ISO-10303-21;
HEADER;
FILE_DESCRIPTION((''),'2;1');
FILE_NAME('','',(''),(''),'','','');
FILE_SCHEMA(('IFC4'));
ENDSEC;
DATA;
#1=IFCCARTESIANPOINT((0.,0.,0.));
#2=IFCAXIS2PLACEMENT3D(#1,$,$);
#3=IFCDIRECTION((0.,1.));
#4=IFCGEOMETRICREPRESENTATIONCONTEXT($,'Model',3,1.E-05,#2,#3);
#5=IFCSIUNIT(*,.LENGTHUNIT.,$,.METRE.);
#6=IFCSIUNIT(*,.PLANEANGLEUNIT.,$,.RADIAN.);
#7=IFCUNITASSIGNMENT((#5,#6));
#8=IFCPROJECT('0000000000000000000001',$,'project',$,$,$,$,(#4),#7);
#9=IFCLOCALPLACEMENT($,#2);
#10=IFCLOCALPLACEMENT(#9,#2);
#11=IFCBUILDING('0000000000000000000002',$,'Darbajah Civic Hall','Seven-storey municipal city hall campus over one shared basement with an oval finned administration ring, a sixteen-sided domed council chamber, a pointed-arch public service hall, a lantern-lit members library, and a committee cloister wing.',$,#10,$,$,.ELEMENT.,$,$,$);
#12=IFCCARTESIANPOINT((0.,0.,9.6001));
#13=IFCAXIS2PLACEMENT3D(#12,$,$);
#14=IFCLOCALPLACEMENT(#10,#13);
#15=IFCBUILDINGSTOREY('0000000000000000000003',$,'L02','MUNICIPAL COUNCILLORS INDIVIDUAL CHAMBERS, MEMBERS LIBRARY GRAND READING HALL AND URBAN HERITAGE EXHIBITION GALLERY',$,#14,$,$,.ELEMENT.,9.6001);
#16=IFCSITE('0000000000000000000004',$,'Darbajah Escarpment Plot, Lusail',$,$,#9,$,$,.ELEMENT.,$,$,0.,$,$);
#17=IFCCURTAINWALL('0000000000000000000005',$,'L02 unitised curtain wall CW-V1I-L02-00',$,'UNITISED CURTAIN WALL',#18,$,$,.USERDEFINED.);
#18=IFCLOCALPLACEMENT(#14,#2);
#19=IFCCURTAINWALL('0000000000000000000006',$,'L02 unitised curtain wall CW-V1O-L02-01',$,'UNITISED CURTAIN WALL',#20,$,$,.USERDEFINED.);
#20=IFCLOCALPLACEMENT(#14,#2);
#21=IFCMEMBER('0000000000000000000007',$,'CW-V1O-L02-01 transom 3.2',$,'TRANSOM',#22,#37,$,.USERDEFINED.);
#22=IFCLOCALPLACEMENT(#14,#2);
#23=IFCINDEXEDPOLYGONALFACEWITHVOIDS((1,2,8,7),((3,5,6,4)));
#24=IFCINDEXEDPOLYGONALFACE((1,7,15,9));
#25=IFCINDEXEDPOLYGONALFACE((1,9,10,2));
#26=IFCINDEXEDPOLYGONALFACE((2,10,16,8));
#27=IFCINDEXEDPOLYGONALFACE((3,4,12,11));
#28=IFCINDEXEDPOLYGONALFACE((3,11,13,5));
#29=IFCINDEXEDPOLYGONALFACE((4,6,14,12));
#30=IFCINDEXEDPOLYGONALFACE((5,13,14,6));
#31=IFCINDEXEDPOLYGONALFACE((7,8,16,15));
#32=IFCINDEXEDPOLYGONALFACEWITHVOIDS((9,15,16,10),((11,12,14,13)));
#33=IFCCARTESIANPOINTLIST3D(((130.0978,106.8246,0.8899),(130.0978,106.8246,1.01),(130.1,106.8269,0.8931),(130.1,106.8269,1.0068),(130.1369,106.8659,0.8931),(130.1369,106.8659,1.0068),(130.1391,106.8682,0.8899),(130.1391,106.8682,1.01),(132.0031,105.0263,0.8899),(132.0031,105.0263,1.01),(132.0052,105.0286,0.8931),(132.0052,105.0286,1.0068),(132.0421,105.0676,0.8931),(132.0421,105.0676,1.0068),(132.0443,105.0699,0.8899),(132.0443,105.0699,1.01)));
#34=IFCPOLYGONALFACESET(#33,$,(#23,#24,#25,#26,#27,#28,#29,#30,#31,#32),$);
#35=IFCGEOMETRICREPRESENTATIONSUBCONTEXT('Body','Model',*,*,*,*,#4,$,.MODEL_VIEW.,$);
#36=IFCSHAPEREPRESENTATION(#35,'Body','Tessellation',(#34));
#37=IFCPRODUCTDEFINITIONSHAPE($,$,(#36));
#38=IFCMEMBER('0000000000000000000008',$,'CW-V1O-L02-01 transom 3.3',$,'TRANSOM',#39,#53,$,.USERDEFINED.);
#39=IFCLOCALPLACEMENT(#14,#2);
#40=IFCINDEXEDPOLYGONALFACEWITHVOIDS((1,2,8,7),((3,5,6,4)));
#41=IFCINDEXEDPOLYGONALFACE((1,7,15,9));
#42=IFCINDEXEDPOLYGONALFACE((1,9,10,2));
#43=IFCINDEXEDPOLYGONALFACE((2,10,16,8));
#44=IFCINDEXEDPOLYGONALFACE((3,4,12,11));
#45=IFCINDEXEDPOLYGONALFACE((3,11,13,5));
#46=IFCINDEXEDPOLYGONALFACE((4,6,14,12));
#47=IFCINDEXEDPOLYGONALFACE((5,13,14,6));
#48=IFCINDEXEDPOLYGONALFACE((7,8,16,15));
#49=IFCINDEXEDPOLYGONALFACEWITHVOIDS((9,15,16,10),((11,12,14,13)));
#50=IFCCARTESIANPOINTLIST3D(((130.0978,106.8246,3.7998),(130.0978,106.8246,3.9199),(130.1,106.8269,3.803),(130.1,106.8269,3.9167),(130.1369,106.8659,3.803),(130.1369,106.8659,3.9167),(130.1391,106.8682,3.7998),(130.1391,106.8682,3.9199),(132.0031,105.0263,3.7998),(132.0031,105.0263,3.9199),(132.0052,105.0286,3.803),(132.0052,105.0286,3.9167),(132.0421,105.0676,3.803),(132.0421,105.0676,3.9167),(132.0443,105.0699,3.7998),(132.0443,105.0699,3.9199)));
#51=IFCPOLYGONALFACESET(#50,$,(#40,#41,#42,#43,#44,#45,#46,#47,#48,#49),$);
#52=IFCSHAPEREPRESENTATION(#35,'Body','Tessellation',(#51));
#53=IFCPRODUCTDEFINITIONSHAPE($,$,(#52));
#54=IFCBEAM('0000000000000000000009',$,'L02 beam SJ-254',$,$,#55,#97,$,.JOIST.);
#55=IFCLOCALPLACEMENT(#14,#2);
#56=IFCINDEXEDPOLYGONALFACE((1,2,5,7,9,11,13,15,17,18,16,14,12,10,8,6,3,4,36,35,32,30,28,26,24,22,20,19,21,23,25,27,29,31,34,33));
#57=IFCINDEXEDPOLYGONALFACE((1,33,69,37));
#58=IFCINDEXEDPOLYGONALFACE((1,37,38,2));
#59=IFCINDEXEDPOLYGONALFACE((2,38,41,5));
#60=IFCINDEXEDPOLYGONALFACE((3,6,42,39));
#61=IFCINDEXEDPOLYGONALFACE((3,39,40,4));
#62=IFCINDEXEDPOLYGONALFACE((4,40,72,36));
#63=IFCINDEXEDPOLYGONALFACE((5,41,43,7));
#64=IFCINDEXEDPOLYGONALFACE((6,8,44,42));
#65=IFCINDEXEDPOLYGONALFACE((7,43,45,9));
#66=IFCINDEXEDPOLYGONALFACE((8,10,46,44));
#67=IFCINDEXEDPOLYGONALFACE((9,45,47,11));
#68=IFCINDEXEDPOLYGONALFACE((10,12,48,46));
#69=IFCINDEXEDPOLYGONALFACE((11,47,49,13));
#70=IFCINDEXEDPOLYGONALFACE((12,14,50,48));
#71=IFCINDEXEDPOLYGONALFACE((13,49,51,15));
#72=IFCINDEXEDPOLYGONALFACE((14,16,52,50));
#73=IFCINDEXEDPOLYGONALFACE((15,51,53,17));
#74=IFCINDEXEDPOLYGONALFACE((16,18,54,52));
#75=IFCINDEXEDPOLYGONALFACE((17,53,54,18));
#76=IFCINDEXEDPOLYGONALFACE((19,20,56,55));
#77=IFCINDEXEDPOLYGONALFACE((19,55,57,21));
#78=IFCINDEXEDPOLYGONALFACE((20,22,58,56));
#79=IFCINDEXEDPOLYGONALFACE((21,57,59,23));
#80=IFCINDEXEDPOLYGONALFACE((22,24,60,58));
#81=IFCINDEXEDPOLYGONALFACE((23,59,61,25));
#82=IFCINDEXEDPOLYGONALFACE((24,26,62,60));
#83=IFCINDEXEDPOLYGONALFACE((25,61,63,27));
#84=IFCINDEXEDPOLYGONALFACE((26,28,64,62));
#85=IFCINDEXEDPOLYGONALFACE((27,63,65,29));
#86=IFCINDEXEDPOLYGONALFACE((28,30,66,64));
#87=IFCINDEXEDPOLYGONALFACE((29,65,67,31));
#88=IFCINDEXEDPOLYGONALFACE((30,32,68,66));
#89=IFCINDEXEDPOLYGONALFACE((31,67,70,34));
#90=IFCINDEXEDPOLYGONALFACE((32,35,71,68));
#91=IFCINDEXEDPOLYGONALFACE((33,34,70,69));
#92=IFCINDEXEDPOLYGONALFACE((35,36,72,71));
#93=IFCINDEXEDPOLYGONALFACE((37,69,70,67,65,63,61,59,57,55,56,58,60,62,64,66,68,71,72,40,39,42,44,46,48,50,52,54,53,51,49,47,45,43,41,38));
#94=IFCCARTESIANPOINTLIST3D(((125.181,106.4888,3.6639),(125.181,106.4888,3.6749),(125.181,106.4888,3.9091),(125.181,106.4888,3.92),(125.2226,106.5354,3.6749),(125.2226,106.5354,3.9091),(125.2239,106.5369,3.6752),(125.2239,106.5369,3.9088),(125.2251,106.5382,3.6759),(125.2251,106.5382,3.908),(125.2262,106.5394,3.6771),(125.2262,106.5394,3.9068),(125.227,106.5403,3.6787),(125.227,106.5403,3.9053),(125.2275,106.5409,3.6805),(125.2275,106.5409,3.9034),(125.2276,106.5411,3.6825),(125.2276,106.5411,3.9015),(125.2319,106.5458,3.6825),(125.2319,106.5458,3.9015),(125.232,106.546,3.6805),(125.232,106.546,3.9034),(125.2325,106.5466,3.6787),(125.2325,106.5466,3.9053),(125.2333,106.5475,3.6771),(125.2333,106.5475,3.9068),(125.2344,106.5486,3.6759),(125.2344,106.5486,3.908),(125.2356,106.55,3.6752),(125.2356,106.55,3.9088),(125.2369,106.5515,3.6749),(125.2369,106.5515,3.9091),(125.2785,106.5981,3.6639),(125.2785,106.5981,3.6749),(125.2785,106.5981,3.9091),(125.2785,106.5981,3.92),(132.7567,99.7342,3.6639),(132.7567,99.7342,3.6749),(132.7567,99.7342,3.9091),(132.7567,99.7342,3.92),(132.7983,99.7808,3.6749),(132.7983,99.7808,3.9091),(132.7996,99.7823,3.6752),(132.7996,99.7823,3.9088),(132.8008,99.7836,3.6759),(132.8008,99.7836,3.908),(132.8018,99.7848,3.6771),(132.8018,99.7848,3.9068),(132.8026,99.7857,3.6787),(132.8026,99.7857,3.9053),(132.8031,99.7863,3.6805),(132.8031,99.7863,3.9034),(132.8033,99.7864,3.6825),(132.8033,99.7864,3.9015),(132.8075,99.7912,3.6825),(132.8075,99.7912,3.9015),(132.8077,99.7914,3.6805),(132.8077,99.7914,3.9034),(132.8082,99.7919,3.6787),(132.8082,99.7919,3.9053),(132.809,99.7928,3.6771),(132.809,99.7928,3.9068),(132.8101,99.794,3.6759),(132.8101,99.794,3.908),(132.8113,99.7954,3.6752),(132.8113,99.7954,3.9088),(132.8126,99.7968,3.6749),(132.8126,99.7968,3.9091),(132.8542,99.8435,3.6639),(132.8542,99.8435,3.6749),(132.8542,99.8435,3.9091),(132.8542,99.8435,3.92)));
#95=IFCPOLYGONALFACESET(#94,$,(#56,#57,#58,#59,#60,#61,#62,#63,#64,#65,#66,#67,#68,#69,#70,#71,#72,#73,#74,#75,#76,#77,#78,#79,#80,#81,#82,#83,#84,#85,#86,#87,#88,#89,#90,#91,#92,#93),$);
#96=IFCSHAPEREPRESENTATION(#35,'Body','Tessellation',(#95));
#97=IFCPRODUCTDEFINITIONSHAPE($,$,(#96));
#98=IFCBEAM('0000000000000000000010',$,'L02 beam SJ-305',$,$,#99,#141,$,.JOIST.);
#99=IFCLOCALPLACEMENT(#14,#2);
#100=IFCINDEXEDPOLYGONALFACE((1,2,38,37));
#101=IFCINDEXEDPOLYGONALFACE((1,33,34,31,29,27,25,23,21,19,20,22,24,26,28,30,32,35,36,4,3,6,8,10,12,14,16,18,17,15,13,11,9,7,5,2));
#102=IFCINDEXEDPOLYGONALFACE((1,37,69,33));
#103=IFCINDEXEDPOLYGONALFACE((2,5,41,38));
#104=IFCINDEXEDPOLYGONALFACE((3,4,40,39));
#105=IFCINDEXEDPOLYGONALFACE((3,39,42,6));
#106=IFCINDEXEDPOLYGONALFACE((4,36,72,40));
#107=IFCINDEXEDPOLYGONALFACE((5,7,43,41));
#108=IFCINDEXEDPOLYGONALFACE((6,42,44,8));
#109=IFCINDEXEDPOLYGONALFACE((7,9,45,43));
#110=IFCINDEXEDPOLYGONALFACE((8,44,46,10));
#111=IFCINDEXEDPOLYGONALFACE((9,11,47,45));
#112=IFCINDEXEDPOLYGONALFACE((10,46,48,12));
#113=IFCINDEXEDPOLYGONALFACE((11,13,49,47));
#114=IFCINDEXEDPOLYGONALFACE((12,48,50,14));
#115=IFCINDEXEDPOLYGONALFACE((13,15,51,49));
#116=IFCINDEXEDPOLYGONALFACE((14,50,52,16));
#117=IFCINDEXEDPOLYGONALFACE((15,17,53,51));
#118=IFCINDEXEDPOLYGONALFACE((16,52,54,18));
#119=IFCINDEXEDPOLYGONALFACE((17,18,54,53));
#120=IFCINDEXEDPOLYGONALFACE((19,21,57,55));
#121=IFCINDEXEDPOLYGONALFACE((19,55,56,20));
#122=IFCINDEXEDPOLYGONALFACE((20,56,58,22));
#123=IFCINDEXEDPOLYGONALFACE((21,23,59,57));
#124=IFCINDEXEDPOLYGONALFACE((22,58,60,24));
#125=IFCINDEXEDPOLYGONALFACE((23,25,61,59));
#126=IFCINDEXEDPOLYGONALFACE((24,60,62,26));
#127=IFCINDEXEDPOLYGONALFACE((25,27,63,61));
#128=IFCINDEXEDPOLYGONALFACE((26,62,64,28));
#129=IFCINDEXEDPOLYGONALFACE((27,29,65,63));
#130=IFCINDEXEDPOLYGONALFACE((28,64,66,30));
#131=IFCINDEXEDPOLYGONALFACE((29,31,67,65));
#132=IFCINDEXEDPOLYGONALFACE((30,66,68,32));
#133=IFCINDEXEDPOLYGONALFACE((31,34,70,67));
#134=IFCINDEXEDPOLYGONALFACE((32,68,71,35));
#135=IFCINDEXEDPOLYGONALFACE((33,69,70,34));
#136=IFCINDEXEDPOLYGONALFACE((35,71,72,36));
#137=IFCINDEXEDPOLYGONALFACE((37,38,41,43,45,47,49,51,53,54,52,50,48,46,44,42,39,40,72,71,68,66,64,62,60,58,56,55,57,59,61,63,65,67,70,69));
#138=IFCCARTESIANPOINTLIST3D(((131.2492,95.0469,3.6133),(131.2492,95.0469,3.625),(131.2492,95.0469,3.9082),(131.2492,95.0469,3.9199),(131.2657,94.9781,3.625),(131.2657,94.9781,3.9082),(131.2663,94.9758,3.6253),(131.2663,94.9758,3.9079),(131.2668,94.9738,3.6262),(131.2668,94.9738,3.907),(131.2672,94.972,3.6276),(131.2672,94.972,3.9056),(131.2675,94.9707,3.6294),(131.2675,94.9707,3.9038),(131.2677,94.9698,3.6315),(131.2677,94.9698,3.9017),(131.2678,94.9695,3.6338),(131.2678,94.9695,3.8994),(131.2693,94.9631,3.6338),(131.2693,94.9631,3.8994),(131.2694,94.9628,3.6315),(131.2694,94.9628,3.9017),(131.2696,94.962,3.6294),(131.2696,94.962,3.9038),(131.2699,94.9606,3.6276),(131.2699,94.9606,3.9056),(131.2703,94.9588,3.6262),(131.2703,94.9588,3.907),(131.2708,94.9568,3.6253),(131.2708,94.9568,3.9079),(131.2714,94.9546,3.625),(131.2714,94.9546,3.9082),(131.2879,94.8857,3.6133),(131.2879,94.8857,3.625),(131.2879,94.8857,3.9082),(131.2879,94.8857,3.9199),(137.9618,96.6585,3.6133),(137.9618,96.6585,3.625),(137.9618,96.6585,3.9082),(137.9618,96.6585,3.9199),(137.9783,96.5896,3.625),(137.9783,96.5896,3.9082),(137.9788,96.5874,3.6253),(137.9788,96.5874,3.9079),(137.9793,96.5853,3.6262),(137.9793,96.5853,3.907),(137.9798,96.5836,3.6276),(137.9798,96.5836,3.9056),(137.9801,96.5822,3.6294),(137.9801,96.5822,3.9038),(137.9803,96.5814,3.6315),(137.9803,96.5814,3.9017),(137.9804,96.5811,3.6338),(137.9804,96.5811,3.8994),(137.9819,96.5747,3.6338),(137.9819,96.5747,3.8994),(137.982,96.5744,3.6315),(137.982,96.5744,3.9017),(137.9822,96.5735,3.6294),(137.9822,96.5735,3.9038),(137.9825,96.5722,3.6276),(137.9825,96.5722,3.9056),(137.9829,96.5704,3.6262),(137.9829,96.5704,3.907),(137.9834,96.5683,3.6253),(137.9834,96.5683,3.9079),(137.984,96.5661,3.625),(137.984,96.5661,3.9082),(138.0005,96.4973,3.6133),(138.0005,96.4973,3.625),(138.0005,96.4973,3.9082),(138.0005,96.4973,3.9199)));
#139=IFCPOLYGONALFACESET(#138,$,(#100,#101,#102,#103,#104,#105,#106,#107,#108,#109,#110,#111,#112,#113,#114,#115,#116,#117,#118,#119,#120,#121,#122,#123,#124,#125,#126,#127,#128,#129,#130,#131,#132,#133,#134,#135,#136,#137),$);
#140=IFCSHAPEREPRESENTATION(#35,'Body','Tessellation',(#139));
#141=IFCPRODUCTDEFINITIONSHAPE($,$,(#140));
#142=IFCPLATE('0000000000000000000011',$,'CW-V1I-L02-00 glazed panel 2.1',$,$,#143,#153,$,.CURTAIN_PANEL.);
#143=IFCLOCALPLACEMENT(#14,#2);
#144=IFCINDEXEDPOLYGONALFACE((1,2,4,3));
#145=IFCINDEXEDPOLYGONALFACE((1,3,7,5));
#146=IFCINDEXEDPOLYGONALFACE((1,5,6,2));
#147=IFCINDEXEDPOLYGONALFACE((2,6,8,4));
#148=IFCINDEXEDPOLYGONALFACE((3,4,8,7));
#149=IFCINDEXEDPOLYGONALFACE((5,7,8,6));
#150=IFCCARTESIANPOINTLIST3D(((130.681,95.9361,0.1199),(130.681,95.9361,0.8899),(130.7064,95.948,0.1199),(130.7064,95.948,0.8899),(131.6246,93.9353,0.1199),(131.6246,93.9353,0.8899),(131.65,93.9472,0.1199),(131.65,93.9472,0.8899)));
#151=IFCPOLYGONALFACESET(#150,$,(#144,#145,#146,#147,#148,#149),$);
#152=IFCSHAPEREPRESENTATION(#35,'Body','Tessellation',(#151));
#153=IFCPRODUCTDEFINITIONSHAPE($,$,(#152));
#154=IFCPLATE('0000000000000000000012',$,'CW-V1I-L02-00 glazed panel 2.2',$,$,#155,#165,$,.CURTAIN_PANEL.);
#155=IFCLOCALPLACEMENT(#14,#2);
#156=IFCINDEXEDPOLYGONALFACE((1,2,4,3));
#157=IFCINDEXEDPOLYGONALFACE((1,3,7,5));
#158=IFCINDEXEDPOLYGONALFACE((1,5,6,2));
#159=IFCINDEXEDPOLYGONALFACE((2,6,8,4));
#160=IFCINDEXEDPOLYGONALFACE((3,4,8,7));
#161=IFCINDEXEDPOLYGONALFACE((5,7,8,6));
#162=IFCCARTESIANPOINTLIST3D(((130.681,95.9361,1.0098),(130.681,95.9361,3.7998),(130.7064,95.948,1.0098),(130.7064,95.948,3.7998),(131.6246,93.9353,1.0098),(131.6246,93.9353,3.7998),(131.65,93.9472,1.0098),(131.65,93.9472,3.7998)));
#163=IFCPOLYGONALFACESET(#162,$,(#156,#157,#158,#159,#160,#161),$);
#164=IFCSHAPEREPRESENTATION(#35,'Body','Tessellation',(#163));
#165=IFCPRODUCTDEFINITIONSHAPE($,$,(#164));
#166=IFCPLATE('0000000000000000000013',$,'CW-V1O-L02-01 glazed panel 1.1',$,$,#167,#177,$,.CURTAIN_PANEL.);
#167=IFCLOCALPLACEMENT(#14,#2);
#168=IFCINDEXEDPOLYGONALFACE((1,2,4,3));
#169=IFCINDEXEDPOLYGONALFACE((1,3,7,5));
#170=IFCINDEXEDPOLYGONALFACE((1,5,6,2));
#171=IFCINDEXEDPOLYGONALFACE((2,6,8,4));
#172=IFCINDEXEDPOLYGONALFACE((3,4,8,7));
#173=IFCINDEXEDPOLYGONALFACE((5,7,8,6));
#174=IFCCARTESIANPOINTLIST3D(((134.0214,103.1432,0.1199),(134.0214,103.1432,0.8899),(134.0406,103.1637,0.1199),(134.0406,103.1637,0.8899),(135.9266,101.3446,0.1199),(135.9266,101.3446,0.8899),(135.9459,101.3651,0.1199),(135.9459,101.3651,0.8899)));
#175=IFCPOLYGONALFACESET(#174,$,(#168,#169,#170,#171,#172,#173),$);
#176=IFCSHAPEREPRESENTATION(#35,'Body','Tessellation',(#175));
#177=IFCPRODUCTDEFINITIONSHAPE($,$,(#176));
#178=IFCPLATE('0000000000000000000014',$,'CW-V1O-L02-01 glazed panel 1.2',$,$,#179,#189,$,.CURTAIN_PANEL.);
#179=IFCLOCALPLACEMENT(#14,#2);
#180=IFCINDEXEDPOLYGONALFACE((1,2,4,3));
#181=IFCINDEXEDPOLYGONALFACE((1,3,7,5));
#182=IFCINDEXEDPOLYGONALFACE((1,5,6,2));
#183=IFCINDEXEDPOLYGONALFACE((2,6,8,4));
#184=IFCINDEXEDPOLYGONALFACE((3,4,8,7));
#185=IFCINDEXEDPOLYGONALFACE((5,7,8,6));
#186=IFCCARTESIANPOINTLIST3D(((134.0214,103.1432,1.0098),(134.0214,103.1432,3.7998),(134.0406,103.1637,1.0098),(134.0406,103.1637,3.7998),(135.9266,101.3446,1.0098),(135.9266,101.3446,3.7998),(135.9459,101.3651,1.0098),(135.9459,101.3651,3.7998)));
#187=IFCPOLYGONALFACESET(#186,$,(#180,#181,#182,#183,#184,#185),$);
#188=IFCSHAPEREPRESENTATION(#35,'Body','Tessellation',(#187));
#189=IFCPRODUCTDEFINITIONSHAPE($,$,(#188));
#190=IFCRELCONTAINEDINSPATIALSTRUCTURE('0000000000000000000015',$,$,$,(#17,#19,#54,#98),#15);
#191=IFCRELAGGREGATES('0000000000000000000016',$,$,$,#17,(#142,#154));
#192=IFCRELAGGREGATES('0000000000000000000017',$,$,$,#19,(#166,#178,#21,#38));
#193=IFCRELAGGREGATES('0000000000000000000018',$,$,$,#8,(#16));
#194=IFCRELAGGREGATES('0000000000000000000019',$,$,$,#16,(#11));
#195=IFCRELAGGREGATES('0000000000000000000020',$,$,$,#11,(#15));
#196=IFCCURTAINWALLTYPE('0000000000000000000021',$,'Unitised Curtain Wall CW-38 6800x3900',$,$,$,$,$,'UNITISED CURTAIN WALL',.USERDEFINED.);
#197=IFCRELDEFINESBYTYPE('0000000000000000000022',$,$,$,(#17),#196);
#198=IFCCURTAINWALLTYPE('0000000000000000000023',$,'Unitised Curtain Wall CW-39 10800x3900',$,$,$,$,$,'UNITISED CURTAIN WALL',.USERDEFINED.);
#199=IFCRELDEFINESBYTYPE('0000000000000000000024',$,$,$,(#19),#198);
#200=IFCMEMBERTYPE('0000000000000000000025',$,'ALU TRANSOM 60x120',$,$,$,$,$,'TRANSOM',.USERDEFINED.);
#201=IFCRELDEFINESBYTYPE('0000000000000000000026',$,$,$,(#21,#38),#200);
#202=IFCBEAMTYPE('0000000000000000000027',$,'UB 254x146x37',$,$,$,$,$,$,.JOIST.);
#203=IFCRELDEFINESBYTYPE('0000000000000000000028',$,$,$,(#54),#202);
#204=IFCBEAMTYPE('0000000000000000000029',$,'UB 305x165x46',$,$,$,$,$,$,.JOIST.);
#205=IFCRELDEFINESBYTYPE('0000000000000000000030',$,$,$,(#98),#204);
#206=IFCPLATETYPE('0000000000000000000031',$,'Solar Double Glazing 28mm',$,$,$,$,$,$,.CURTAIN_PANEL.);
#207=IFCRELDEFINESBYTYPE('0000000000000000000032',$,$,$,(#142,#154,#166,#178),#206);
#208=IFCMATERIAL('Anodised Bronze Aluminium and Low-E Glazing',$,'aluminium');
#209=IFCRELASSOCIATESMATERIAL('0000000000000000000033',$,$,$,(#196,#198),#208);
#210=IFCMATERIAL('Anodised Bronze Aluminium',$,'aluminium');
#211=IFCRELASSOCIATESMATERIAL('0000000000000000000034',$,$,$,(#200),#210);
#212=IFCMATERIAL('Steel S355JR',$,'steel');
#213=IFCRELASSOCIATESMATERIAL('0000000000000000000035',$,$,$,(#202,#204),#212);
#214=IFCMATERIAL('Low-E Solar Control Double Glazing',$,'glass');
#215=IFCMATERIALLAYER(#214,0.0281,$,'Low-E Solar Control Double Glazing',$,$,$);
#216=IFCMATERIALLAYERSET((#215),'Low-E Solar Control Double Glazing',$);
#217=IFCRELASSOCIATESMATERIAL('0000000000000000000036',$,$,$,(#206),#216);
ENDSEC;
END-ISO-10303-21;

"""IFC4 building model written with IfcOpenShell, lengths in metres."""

from ifc_helpers import new_model, si_unit, direction, frame, origin, origin_2d, place, context, subcontext, project, spatial, rectangle, hollow_rectangle, i_section, extrude, material, layer, layer_set, material_profile, profile_set, type_object, element, aggregate, save


model = new_model("IFC4")

# Units and contexts
model_context = context("Model", 3, precision=1e-05, world=origin(), true_north=direction((0.0, 1.0)))
body_context = subcontext(model_context, "Body", "Model", "MODEL_VIEW")
ifc_project = project(units=[si_unit("LENGTHUNIT", "METRE"), si_unit("PLANEANGLEUNIT", "RADIAN")], contexts=[model_context])

# Site, building, storey
site_placement = place(None, origin())
site = spatial("IfcSite", under=ifc_project, at=site_placement, Name="Darbajah Escarpment Plot, Lusail", CompositionType="ELEMENT", RefElevation=0.0)
building_placement = place(site_placement, origin())
building = spatial("IfcBuilding", under=site, at=building_placement, Name="Darbajah Civic Hall", Description="Seven-storey municipal city hall campus over one shared basement with an oval finned administration ring, a sixteen-sided domed council chamber, a pointed-arch public service hall, a lantern-lit members library, and a committee cloister wing.", CompositionType="ELEMENT")
storey_placement = place(building_placement, frame((0.0, 0.0, 9.6001)))
storey = spatial("IfcBuildingStorey", under=building, at=storey_placement, Name="L02", Description="MUNICIPAL COUNCILLORS INDIVIDUAL CHAMBERS, MEMBERS LIBRARY GRAND READING HALL AND URBAN HERITAGE EXHIBITION GALLERY", CompositionType="ELEMENT", Elevation=9.6001)

# Curtain wall
ifc_material_1 = material(Name="Anodised Bronze Aluminium and Low-E Glazing", Category="aluminium")
curtain_wall_type_1 = type_object("IfcCurtainWallType", Name="Unitised Curtain Wall CW-38 6800x3900", ElementType="UNITISED CURTAIN WALL", PredefinedType="USERDEFINED", material=ifc_material_1)
curtain_wall_1_placement = place(storey_placement, origin())
curtain_wall_1 = element("IfcCurtainWall", 1, at=curtain_wall_1_placement, inside=storey, type_object=curtain_wall_type_1, Name="L02 unitised curtain wall CW-V1I-L02-00", ObjectType="UNITISED CURTAIN WALL", PredefinedType="USERDEFINED")
ifc_material_2 = material(Name="Anodised Bronze Aluminium", Category="aluminium")

# Curtain wall
curtain_wall_type_2 = type_object("IfcCurtainWallType", Name="Unitised Curtain Wall CW-39 10800x3900", ElementType="UNITISED CURTAIN WALL", PredefinedType="USERDEFINED", material=ifc_material_1)
curtain_wall_2_placement = place(storey_placement, origin())
curtain_wall_2 = element("IfcCurtainWall", 2, at=curtain_wall_2_placement, inside=storey, type_object=curtain_wall_type_2, Name="L02 unitised curtain wall CW-V1O-L02-01", ObjectType="UNITISED CURTAIN WALL", PredefinedType="USERDEFINED")

# Members
ifc_material_profile_1 = material_profile(ifc_material_2, hollow_rectangle(XDim=0.0601, YDim=0.1201, WallThickness=0.0032, at=origin_2d()), Name="ALU TRANSOM 60x120")
ifc_profile_set_1 = profile_set([ifc_material_profile_1], Name="Anodised Bronze Aluminium")
member_type_1 = type_object("IfcMemberType", Name="ALU TRANSOM 60x120", ElementType="TRANSOM", PredefinedType="USERDEFINED", material=ifc_profile_set_1)
member_1_placement = place(storey_placement, frame((132.0237, 105.0481, 0.95), z_axis=(-0.72722, 0.686405, 0.0), x_axis=(-0.686405, -0.72722, 0.0)))
member_1 = element("IfcMember", 3, at=member_1_placement, type_object=member_type_1, Name="CW-V1O-L02-01 transom 3.2", ObjectType="TRANSOM", PredefinedType="USERDEFINED", context=body_context, shape_type="SweptSolid", body=[
    extrude(hollow_rectangle(XDim=0.0601, YDim=0.1201, WallThickness=0.0032, at=origin_2d()), origin(), (0.0, 0.0, 1.0), 2.6199),
])
member_2_placement = place(storey_placement, frame((132.0237, 105.0481, 3.8599), z_axis=(-0.72722, 0.686405, 0.0), x_axis=(-0.686405, -0.72722, 0.0)))
member_2 = element("IfcMember", 4, at=member_2_placement, type_object=member_type_1, Name="CW-V1O-L02-01 transom 3.3", ObjectType="TRANSOM", PredefinedType="USERDEFINED", context=body_context, shape_type="SweptSolid", body=[
    extrude(hollow_rectangle(XDim=0.0601, YDim=0.1201, WallThickness=0.0032, at=origin_2d()), origin(), (0.0, 0.0, 1.0), 2.6199),
])

# Beams
ifc_material_3 = material(Name="Steel S355JR", Category="steel")
ifc_material_profile_2 = material_profile(ifc_material_3, i_section(OverallWidth=0.1465, OverallDepth=0.2561, WebThickness=0.0063, FlangeThickness=0.011, FilletRadius=0.0076, at=origin_2d()), Name="UB 254x146x37")
ifc_profile_set_2 = profile_set([ifc_material_profile_2], Name="Steel S355JR")
beam_type_1 = type_object("IfcBeamType", Name="UB 254x146x37", PredefinedType="JOIST", material=ifc_profile_set_2)
beam_1_placement = place(storey_placement, frame((132.8054, 99.7888, 3.792), z_axis=(-0.746396, 0.665502, 0.0), x_axis=(-0.665502, -0.746396, 0.0)))
element("IfcBeam", 5, at=beam_1_placement, inside=storey, type_object=beam_type_1, Name="L02 beam SJ-254", PredefinedType="JOIST", context=body_context, shape_type="SweptSolid", body=[
    extrude(i_section(OverallWidth=0.1465, OverallDepth=0.2561, WebThickness=0.0063, FlangeThickness=0.011, FilletRadius=0.0076, at=origin_2d()), origin(), (0.0, 0.0, 1.0), 10.1497),
])
ifc_material_profile_3 = material_profile(ifc_material_3, i_section(OverallWidth=0.1658, OverallDepth=0.3066, WebThickness=0.0066, FlangeThickness=0.0117, FilletRadius=0.0088, at=origin_2d()), Name="UB 305x165x46")
ifc_profile_set_3 = profile_set([ifc_material_profile_3], Name="Steel S355JR")
beam_type_2 = type_object("IfcBeamType", Name="UB 305x165x46", PredefinedType="JOIST", material=ifc_profile_set_3)
beam_2_placement = place(storey_placement, frame((131.2686, 94.9663, 3.7666), z_axis=(0.97237, 0.233447, 0.0), x_axis=(-0.233447, 0.97237, 0.0)))
element("IfcBeam", 6, at=beam_2_placement, inside=storey, type_object=beam_type_2, Name="L02 beam SJ-305", PredefinedType="JOIST", context=body_context, shape_type="SweptSolid", body=[
    extrude(i_section(OverallWidth=0.1658, OverallDepth=0.3066, WebThickness=0.0066, FlangeThickness=0.0117, FilletRadius=0.0088, at=origin_2d()), origin(), (0.0, 0.0, 1.0), 6.9033),
])

# Plates
ifc_material_4 = material(Name="Low-E Solar Control Double Glazing", Category="glass")
ifc_layer = layer(ifc_material_4, 0.0281, Name="Low-E Solar Control Double Glazing")
ifc_layer_set = layer_set([ifc_layer], Name="Low-E Solar Control Double Glazing")
plate_type = type_object("IfcPlateType", Name="Solar Double Glazing 28mm", PredefinedType="CURTAIN_PANEL", material=ifc_layer_set)
plate_1_placement = place(storey_placement, frame((131.1655, 94.9417, 0.1199), z_axis=(0.0, 0.0, 1.0), x_axis=(-0.426569, 0.904455, 0.0)))
plate_1 = element("IfcPlate", 7, at=plate_1_placement, type_object=plate_type, Name="CW-V1I-L02-00 glazed panel 2.1", PredefinedType="CURTAIN_PANEL", context=body_context, shape_type="SweptSolid", body=[
    extrude(rectangle(XDim=2.2122, YDim=0.0281, at=origin_2d()), origin(), (0.0, 0.0, 1.0), 0.77),
])
plate_2_placement = place(storey_placement, frame((131.1655, 94.9417, 1.0098), z_axis=(0.0, 0.0, 1.0), x_axis=(-0.426569, 0.904455, 0.0)))
plate_2 = element("IfcPlate", 8, at=plate_2_placement, type_object=plate_type, Name="CW-V1I-L02-00 glazed panel 2.2", PredefinedType="CURTAIN_PANEL", context=body_context, shape_type="SweptSolid", body=[
    extrude(rectangle(XDim=2.2122, YDim=0.0281, at=origin_2d()), origin(), (0.0, 0.0, 1.0), 2.79),
])
aggregate(curtain_wall_1, [plate_1, plate_2])
plate_3_placement = place(storey_placement, frame((134.9836, 102.2542, 0.1199), z_axis=(0.0, 0.0, 1.0), x_axis=(-0.727174, 0.686453, 0.0)))
plate_3 = element("IfcPlate", 9, at=plate_3_placement, type_object=plate_type, Name="CW-V1O-L02-01 glazed panel 1.1", PredefinedType="CURTAIN_PANEL", context=body_context, shape_type="SweptSolid", body=[
    extrude(rectangle(XDim=2.6201, YDim=0.0281, at=origin_2d()), origin(), (0.0, 0.0, 1.0), 0.77),
])
plate_4_placement = place(storey_placement, frame((134.9836, 102.2542, 1.0098), z_axis=(0.0, 0.0, 1.0), x_axis=(-0.727174, 0.686453, 0.0)))
plate_4 = element("IfcPlate", 10, at=plate_4_placement, type_object=plate_type, Name="CW-V1O-L02-01 glazed panel 1.2", PredefinedType="CURTAIN_PANEL", context=body_context, shape_type="SweptSolid", body=[
    extrude(rectangle(XDim=2.6201, YDim=0.0281, at=origin_2d()), origin(), (0.0, 0.0, 1.0), 2.79),
])
aggregate(curtain_wall_2, [plate_3, plate_4, member_1, member_2])

save(model, "model.ifc")
